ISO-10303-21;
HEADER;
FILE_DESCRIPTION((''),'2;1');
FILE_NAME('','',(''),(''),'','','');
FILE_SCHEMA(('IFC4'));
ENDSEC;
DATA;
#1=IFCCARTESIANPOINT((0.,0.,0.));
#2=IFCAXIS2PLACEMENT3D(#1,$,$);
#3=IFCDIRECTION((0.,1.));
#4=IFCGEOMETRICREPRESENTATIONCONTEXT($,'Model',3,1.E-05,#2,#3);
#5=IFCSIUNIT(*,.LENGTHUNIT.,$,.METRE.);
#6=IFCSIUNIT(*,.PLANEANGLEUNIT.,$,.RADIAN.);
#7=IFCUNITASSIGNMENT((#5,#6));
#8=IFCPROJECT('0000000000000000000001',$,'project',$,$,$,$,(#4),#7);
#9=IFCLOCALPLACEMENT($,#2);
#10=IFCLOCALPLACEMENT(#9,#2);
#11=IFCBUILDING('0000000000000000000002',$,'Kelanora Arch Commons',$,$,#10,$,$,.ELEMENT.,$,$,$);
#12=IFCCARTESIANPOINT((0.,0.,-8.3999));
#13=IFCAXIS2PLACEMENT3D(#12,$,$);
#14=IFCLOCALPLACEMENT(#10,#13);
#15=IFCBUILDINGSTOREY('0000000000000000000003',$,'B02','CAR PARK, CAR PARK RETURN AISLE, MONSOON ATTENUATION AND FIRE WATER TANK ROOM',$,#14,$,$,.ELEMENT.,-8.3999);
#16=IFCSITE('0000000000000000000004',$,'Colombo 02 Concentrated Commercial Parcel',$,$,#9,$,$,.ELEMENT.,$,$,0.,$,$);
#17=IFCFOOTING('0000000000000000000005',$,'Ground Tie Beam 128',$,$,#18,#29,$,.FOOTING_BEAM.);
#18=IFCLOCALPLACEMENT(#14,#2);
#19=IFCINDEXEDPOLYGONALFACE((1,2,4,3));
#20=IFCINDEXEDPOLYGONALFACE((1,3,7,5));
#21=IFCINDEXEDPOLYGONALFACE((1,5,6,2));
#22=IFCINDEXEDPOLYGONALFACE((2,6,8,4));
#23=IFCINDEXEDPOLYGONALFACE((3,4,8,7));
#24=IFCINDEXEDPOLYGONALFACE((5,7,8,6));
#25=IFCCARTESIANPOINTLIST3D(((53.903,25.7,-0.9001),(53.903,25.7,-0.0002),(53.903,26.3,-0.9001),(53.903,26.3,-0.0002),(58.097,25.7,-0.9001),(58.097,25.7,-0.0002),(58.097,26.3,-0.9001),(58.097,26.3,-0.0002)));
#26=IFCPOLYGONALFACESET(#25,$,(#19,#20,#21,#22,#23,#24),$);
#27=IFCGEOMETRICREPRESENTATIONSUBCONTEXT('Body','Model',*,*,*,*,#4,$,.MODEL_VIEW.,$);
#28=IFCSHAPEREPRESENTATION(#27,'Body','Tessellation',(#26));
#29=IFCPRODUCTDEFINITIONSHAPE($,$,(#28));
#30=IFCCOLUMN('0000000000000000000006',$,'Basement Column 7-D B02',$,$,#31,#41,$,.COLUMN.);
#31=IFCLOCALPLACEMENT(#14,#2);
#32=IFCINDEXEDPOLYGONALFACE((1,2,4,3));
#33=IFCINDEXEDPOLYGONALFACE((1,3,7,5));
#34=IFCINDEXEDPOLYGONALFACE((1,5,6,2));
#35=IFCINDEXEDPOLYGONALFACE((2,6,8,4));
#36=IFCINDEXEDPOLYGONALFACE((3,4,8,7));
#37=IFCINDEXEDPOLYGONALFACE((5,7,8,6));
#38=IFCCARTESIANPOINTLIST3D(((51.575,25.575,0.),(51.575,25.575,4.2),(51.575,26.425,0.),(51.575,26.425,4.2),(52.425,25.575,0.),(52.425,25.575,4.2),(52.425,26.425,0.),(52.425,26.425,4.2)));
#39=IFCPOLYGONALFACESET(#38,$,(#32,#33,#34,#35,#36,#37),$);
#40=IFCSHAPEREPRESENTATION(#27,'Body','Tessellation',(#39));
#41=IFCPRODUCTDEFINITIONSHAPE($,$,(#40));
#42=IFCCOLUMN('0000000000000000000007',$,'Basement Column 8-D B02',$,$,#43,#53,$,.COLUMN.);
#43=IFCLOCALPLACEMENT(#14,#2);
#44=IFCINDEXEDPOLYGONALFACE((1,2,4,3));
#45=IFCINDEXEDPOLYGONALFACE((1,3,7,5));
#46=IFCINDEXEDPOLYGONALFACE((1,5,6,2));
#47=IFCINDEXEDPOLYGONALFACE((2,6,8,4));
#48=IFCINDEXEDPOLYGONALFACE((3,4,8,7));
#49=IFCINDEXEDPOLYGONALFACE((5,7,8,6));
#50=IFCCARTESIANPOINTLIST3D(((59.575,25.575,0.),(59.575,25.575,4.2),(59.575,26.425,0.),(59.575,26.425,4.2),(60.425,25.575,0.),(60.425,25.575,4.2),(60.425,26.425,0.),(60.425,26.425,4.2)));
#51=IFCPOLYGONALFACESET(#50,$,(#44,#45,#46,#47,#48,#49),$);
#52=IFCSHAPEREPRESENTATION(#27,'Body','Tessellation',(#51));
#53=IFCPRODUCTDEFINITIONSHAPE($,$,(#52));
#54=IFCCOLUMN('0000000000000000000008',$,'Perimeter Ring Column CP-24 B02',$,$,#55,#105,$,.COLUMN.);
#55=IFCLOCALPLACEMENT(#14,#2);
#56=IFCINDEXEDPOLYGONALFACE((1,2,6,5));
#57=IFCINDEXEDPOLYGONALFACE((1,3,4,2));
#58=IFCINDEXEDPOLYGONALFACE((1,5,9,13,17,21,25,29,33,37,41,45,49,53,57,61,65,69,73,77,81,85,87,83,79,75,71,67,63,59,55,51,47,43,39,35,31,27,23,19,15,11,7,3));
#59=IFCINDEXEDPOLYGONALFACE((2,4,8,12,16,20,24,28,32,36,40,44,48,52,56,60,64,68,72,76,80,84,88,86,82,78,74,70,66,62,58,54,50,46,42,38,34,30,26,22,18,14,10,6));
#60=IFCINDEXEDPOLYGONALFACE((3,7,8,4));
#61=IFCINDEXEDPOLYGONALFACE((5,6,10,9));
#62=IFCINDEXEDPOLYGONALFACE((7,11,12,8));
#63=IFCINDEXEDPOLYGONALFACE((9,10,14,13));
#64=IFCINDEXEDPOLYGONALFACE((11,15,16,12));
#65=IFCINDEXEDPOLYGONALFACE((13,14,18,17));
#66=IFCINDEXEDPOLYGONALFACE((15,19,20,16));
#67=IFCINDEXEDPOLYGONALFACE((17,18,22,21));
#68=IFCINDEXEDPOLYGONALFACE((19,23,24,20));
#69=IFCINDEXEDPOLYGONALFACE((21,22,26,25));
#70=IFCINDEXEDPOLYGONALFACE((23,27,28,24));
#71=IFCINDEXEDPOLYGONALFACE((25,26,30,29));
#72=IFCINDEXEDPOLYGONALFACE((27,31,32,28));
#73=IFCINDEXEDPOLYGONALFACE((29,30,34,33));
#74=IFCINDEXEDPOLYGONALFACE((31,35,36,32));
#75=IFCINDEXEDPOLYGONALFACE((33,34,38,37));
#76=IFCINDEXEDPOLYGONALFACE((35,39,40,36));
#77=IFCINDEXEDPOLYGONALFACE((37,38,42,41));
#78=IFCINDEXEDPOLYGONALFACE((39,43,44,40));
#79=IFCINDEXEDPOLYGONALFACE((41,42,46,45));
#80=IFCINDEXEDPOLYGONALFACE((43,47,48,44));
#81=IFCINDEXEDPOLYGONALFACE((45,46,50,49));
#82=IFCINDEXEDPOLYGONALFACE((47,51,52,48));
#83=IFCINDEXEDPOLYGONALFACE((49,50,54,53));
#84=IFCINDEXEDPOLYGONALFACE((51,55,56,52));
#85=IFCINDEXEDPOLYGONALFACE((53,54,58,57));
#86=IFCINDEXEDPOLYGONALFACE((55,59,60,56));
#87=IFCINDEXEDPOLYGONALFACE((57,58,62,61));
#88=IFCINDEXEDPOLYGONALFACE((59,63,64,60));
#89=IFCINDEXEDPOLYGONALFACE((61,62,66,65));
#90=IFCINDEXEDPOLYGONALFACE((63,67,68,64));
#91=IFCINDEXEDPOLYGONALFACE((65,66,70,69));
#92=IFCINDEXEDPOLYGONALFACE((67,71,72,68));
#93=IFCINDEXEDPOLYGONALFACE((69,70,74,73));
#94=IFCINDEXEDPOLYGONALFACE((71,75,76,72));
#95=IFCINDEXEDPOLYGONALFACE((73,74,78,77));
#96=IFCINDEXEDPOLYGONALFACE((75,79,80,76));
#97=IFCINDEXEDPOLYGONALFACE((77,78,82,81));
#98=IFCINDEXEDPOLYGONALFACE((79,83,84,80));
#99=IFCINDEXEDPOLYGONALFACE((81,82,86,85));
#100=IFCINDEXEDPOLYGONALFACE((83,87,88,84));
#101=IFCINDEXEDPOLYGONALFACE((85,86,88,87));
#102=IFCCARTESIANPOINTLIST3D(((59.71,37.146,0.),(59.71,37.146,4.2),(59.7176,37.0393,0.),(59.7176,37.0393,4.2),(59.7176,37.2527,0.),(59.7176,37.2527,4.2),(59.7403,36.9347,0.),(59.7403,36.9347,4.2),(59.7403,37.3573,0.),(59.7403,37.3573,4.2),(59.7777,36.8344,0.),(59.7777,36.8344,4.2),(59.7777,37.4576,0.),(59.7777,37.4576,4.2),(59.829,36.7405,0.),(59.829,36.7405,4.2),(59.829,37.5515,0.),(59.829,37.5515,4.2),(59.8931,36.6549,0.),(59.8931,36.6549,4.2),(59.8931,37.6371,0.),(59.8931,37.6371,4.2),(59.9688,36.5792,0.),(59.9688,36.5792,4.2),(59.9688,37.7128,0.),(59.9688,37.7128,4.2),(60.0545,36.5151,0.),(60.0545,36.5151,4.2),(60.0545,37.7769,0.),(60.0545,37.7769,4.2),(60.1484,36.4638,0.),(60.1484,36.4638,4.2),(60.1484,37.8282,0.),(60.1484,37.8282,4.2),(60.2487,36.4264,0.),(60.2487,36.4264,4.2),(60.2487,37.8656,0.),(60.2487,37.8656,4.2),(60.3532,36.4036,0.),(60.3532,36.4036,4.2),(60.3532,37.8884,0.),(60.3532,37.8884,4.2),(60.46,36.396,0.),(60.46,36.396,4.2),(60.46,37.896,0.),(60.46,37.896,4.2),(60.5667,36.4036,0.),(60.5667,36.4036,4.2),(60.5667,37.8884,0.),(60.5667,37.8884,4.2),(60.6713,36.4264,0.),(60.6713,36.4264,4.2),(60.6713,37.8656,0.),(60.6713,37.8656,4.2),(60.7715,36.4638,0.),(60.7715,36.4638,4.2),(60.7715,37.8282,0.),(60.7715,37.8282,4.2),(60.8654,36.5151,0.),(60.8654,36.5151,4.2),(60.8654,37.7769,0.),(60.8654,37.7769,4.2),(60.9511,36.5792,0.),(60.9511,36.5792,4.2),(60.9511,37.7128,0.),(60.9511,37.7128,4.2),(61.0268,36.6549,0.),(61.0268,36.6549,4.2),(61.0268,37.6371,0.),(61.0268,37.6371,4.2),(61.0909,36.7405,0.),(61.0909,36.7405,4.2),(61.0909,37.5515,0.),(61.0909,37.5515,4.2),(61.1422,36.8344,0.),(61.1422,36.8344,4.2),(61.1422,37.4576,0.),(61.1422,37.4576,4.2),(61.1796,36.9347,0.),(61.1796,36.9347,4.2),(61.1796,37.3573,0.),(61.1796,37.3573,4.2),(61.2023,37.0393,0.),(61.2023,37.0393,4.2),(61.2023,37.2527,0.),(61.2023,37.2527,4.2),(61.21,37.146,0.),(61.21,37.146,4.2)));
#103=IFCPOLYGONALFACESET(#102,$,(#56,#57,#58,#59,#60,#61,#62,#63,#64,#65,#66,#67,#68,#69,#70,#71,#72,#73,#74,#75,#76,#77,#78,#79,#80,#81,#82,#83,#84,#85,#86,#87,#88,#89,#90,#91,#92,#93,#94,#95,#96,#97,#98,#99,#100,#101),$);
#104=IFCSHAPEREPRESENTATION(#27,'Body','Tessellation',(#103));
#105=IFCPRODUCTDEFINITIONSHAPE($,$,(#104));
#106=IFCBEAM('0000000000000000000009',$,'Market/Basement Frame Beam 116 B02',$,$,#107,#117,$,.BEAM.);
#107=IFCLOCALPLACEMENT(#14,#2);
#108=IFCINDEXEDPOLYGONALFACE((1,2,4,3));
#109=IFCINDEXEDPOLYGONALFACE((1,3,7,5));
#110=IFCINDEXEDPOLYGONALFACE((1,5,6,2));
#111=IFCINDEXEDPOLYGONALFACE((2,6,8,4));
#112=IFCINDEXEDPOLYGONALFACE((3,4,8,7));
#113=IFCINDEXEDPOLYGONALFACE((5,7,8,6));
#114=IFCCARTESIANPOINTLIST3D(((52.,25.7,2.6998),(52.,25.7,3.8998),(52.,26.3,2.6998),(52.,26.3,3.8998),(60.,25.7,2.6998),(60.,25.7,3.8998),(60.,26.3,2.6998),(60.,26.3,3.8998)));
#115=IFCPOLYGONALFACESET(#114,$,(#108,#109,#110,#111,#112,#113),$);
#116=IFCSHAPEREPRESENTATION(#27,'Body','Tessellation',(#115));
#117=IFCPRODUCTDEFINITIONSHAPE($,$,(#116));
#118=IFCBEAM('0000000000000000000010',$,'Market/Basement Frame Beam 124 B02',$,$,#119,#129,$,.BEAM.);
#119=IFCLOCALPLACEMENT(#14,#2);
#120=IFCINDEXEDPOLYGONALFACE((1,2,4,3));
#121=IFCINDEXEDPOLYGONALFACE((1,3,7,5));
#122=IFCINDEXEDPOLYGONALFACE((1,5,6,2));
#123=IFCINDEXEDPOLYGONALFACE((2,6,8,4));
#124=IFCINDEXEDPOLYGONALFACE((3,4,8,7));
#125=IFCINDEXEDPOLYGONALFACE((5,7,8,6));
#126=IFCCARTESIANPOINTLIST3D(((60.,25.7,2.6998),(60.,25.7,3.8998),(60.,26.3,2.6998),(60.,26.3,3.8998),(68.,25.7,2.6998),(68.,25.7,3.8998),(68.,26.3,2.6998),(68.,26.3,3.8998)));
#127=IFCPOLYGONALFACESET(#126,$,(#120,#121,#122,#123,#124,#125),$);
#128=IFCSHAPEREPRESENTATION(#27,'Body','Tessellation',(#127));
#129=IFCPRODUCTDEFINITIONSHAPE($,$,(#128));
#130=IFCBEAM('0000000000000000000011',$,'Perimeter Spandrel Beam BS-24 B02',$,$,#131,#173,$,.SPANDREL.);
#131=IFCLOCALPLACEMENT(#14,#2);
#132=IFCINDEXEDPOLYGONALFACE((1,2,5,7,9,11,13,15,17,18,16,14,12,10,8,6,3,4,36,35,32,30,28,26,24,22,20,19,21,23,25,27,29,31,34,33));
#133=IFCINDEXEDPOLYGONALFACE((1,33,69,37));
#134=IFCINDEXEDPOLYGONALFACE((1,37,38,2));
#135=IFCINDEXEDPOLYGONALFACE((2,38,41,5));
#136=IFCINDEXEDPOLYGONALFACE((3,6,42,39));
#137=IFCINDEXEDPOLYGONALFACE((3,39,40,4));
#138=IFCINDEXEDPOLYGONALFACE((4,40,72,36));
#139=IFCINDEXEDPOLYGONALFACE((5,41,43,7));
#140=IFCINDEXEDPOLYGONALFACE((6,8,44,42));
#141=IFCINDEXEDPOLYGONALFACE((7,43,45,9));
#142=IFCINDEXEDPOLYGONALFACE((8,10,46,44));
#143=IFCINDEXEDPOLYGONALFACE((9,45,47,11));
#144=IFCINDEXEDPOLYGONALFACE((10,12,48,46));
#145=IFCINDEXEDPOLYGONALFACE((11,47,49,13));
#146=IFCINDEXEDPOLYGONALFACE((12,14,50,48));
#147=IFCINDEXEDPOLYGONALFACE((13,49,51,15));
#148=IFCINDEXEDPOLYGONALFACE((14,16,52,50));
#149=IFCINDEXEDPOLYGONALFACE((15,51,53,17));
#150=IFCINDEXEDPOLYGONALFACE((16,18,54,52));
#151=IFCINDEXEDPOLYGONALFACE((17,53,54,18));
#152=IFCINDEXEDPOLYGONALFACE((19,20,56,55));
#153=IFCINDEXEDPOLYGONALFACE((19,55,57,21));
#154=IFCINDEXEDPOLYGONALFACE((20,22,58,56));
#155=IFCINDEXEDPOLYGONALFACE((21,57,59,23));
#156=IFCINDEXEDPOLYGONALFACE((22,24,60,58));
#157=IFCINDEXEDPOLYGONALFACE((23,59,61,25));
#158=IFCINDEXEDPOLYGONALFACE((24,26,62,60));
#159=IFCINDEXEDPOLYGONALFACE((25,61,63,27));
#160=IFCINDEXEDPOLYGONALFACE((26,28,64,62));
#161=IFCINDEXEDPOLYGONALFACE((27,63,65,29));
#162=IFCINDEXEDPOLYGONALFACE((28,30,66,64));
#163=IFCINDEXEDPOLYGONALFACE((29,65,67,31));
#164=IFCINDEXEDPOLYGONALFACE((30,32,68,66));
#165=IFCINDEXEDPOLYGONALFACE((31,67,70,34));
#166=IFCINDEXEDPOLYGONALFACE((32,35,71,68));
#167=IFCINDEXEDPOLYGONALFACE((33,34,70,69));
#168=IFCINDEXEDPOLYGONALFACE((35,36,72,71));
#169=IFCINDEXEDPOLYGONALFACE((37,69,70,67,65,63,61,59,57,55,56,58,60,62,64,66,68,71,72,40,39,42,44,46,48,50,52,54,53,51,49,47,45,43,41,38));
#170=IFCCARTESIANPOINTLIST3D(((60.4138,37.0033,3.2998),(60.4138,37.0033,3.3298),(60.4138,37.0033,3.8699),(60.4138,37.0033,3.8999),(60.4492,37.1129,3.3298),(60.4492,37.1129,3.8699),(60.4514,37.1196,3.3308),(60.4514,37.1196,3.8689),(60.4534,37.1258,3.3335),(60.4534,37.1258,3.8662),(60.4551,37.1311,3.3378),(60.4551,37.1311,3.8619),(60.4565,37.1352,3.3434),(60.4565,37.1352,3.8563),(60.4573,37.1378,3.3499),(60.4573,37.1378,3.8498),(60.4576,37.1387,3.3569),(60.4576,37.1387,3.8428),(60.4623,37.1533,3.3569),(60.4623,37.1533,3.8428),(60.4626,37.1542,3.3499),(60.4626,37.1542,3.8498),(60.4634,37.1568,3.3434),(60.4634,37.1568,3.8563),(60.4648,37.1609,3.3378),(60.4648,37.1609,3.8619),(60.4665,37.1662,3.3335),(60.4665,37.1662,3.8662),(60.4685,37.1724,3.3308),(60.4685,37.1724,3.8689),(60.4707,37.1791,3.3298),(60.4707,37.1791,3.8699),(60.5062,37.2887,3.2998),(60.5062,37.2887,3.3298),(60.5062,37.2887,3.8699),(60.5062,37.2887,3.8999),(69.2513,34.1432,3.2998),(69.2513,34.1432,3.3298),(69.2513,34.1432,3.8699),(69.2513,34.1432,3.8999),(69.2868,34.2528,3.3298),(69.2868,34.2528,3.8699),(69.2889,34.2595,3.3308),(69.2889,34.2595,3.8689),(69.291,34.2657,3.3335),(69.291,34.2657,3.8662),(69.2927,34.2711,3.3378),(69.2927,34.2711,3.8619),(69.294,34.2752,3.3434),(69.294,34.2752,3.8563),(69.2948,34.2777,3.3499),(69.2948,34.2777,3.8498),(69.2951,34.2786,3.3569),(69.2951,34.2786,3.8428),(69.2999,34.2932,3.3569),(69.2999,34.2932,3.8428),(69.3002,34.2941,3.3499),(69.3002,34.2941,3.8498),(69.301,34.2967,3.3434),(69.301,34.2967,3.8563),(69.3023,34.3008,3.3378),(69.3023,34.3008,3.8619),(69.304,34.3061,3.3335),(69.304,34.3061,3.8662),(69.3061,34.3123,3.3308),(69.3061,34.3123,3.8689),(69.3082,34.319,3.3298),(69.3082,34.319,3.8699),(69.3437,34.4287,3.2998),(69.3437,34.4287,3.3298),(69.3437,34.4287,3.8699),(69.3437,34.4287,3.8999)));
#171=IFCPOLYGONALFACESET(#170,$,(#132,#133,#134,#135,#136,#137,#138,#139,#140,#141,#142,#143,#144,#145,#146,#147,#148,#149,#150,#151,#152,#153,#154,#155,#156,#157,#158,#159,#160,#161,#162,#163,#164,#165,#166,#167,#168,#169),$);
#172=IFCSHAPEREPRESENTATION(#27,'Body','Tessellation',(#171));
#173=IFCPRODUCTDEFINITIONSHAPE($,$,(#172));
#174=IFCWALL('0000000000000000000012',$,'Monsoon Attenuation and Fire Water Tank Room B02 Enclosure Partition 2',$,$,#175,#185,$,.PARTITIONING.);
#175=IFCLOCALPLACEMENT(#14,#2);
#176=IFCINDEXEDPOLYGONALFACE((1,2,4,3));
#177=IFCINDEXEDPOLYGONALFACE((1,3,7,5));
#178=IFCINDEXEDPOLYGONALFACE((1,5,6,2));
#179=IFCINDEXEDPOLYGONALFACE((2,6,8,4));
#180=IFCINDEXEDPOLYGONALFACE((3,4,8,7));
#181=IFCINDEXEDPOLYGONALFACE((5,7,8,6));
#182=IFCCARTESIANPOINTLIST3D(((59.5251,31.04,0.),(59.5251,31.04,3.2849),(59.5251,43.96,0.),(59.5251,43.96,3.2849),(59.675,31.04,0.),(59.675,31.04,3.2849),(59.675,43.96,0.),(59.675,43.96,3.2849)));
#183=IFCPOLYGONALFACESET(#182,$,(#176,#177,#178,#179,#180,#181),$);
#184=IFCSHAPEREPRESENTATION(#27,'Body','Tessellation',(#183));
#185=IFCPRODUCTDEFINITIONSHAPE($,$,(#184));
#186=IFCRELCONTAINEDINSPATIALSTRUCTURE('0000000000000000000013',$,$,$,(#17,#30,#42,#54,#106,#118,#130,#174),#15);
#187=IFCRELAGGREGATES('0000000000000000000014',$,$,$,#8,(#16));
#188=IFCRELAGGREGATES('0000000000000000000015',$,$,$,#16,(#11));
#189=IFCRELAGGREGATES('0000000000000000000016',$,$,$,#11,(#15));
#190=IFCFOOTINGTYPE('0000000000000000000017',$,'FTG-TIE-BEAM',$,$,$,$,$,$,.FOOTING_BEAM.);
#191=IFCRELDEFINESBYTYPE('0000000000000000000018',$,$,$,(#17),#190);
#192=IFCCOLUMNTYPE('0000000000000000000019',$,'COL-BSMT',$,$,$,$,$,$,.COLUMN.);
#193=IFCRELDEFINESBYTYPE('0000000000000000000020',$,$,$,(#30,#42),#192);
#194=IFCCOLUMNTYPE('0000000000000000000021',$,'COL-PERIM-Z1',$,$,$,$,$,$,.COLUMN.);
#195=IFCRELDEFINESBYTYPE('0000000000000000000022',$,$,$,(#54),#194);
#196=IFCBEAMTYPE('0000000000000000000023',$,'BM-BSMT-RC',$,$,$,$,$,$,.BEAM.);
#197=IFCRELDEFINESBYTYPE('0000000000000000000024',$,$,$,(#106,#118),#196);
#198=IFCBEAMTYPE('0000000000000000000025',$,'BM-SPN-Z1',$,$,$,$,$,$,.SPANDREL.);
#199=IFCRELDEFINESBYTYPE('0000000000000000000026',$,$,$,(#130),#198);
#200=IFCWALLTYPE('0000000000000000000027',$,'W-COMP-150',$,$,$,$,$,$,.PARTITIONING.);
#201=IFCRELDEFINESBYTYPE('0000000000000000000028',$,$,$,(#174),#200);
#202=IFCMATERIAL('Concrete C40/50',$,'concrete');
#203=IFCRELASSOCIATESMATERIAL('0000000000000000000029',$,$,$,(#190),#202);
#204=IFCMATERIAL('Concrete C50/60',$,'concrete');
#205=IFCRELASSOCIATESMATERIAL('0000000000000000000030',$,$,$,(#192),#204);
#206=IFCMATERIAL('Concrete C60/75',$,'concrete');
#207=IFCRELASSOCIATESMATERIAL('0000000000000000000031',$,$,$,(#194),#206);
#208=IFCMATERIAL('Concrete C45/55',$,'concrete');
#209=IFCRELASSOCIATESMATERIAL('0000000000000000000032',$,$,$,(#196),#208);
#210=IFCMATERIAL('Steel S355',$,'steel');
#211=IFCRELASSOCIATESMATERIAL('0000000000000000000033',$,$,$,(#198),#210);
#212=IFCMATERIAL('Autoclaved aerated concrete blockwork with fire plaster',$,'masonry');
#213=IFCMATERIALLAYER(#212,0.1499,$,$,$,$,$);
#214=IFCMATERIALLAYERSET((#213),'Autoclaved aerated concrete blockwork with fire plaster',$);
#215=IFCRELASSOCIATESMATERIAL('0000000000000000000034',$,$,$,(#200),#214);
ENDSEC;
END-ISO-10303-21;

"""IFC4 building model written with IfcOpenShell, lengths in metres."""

from ifc_helpers import new_model, si_unit, direction, frame, frame_2d, origin, origin_2d, place, context, subcontext, project, spatial, rectangle, circle, i_section, extrude, source, transform, mapped, material, layer, layer_set, material_profile, profile_set, type_object, element, save


model = new_model("IFC4")

# Units and contexts
model_context = context("Model", 3, precision=1e-05, world=origin(), true_north=direction((0.0, 1.0)))
body_context = subcontext(model_context, "Body", "Model", "MODEL_VIEW")
ifc_project = project(units=[si_unit("LENGTHUNIT", "METRE"), si_unit("PLANEANGLEUNIT", "RADIAN")], contexts=[model_context])

# Site, building, storey
site_placement = place(None, origin())
site = spatial("IfcSite", under=ifc_project, at=site_placement, Name="Colombo 02 Concentrated Commercial Parcel", CompositionType="ELEMENT", RefElevation=0.0)
building_placement = place(site_placement, origin())
building = spatial("IfcBuilding", under=site, at=building_placement, Name="Kelanora Arch Commons", CompositionType="ELEMENT")
storey_placement = place(building_placement, frame((0.0, 0.0, -8.3999)))
storey = spatial("IfcBuildingStorey", under=building, at=storey_placement, Name="B02", Description="CAR PARK, CAR PARK RETURN AISLE, MONSOON ATTENUATION AND FIRE WATER TANK ROOM", CompositionType="ELEMENT", Elevation=-8.3999)

# Shared definitions
ifc_material_1 = material(Name="Concrete C45/55", Category="concrete")

# Shared definitions
ifc_material_2 = material(Name="Concrete C40/50", Category="concrete")

# Footing
footing_type_1 = type_object("IfcFootingType", Name="FTG-TIE-BEAM", PredefinedType="FOOTING_BEAM", material=ifc_material_2)
shared_shape_1 = source(origin(), body_context, "Body", "SweptSolid", [
    extrude(rectangle(XDim=4.1941, YDim=0.6001, at=origin_2d()), origin(), (0.0, 0.0, 1.0), 0.8999),
])
for number, where, z_axis, x_axis, name in (
    (1, (56.0, 26.0, -0.9001), (0.0, 0.0, 1.0), (1.0, 0.0, 0.0), "Ground Tie Beam 128"),
):
    element("IfcFooting", number, at=place(storey_placement, frame(where, z_axis=z_axis, x_axis=x_axis)), inside=storey, type_object=footing_type_1, Name=name, PredefinedType="FOOTING_BEAM", context=body_context, shape_type="MappedRepresentation", body=[
        mapped(shared_shape_1, transform((0.0, 0.0, 0.0), scale=1.0)),
    ])

# Columns
ifc_material_3 = material(Name="Concrete C50/60", Category="concrete")
ifc_material_profile_1 = material_profile(ifc_material_3, rectangle(XDim=0.8501, YDim=0.8501, at=origin_2d()), Name="RC850x850")
ifc_profile_set_1 = profile_set([ifc_material_profile_1], Name="Concrete C50/60")
column_type_1 = type_object("IfcColumnType", Name="COL-BSMT", PredefinedType="COLUMN", material=ifc_profile_set_1)
for number, where, z_axis, x_axis, name in (
    (2, (52.0, 26.0, 0.0), (0.0, 0.0, 1.0), (1.0, 0.0, 0.0), "Basement Column 7-D B02"),
    (3, (60.0, 26.0, 0.0), (0.0, 0.0, 1.0), (1.0, 0.0, 0.0), "Basement Column 8-D B02"),
):
    element("IfcColumn", number, at=place(storey_placement, frame(where, z_axis=z_axis, x_axis=x_axis)), inside=storey, type_object=column_type_1, Name=name, PredefinedType="COLUMN", context=body_context, shape_type="SweptSolid", body=[
        extrude(rectangle(XDim=0.8501, YDim=0.8501, at=origin_2d()), origin(), (0.0, 0.0, 1.0), 4.2),
    ])
ifc_material_4 = material(Name="Concrete C60/75", Category="concrete")
ifc_material_profile_2 = material_profile(ifc_material_4, circle(Radius=0.75, at=origin_2d()), Name="RCC1500")
ifc_profile_set_2 = profile_set([ifc_material_profile_2], Name="Concrete C60/75")
column_type_2 = type_object("IfcColumnType", Name="COL-PERIM-Z1", PredefinedType="COLUMN", material=ifc_profile_set_2)
column_placement = place(storey_placement, frame((60.46, 37.146, 0.0), z_axis=(0.0, 0.0, 1.0), x_axis=(1.0, 0.0, 0.0)))
element("IfcColumn", 4, at=column_placement, inside=storey, type_object=column_type_2, Name="Perimeter Ring Column CP-24 B02", PredefinedType="COLUMN", context=body_context, shape_type="SweptSolid", body=[
    extrude(circle(Radius=0.75, at=origin_2d()), origin(), (0.0, 0.0, 1.0), 4.2),
])

# Beams
ifc_material_profile_3 = material_profile(ifc_material_1, rectangle(XDim=0.6001, YDim=1.2, at=origin_2d()), Name="RCB600x1200")
ifc_profile_set_3 = profile_set([ifc_material_profile_3], Name="Concrete C45/55")
beam_type_1 = type_object("IfcBeamType", Name="BM-BSMT-RC", PredefinedType="BEAM", material=ifc_profile_set_3)
for number, where, z_axis, x_axis, name in (
    (5, (52.0, 26.0, 3.2998), (1.0, 0.0, 0.0), (0.0, 1.0, 0.0), "Market/Basement Frame Beam 116 B02"),
    (6, (60.0, 26.0, 3.2998), (1.0, 0.0, 0.0), (0.0, 1.0, 0.0), "Market/Basement Frame Beam 124 B02"),
):
    element("IfcBeam", number, at=place(storey_placement, frame(where, z_axis=z_axis, x_axis=x_axis)), inside=storey, type_object=beam_type_1, Name=name, PredefinedType="BEAM", context=body_context, shape_type="SweptSolid", body=[
        extrude(rectangle(XDim=0.6001, YDim=1.2, at=origin_2d()), origin(), (0.0, 0.0, 1.0), 8.0),
    ])
ifc_material_5 = material(Name="Steel S355", Category="steel")
ifc_material_profile_4 = material_profile(ifc_material_5, i_section(OverallWidth=0.3, OverallDepth=0.6001, WebThickness=0.0154, FlangeThickness=0.03, FilletRadius=0.0271, at=origin_2d()), Name="HEB600")
ifc_profile_set_4 = profile_set([ifc_material_profile_4], Name="Steel S355")
beam_type_2 = type_object("IfcBeamType", Name="BM-SPN-Z1", PredefinedType="SPANDREL", material=ifc_profile_set_4)
beam_placement = place(storey_placement, frame((60.46, 37.146, 3.5999), z_axis=(0.951417, -0.307905, 0.0), x_axis=(0.307905, 0.951417, 0.0)))
element("IfcBeam", 7, at=beam_placement, inside=storey, type_object=beam_type_2, Name="Perimeter Spandrel Beam BS-24 B02", PredefinedType="SPANDREL", context=body_context, shape_type="SweptSolid", body=[
    extrude(i_section(OverallWidth=0.3, OverallDepth=0.6001, WebThickness=0.0154, FlangeThickness=0.03, FilletRadius=0.0271, at=origin_2d()), origin(), (0.0, 0.0, 1.0), 9.2888),
])

# Wall
ifc_material_6 = material(Name="Autoclaved aerated concrete blockwork with fire plaster", Category="masonry")
ifc_layer = layer(ifc_material_6, 0.1499)
ifc_layer_set = layer_set([ifc_layer], Name="Autoclaved aerated concrete blockwork with fire plaster")
wall_type = type_object("IfcWallType", Name="W-COMP-150", PredefinedType="PARTITIONING", material=ifc_layer_set)
wall_placement = place(storey_placement, frame((59.6001, 31.04, 0.0), z_axis=(0.0, 0.0, 1.0), x_axis=(0.0, 1.0, 0.0)))
element("IfcWall", 8, at=wall_placement, inside=storey, type_object=wall_type, Name="Monsoon Attenuation and Fire Water Tank Room B02 Enclosure Partition 2", PredefinedType="PARTITIONING", context=body_context, shape_type="SweptSolid", body=[
    extrude(rectangle(XDim=12.9199, YDim=0.1499, at=frame_2d((6.46, 0.0))), origin(), (0.0, 0.0, 1.0), 3.2849),
])

save(model, "model.ifc")
